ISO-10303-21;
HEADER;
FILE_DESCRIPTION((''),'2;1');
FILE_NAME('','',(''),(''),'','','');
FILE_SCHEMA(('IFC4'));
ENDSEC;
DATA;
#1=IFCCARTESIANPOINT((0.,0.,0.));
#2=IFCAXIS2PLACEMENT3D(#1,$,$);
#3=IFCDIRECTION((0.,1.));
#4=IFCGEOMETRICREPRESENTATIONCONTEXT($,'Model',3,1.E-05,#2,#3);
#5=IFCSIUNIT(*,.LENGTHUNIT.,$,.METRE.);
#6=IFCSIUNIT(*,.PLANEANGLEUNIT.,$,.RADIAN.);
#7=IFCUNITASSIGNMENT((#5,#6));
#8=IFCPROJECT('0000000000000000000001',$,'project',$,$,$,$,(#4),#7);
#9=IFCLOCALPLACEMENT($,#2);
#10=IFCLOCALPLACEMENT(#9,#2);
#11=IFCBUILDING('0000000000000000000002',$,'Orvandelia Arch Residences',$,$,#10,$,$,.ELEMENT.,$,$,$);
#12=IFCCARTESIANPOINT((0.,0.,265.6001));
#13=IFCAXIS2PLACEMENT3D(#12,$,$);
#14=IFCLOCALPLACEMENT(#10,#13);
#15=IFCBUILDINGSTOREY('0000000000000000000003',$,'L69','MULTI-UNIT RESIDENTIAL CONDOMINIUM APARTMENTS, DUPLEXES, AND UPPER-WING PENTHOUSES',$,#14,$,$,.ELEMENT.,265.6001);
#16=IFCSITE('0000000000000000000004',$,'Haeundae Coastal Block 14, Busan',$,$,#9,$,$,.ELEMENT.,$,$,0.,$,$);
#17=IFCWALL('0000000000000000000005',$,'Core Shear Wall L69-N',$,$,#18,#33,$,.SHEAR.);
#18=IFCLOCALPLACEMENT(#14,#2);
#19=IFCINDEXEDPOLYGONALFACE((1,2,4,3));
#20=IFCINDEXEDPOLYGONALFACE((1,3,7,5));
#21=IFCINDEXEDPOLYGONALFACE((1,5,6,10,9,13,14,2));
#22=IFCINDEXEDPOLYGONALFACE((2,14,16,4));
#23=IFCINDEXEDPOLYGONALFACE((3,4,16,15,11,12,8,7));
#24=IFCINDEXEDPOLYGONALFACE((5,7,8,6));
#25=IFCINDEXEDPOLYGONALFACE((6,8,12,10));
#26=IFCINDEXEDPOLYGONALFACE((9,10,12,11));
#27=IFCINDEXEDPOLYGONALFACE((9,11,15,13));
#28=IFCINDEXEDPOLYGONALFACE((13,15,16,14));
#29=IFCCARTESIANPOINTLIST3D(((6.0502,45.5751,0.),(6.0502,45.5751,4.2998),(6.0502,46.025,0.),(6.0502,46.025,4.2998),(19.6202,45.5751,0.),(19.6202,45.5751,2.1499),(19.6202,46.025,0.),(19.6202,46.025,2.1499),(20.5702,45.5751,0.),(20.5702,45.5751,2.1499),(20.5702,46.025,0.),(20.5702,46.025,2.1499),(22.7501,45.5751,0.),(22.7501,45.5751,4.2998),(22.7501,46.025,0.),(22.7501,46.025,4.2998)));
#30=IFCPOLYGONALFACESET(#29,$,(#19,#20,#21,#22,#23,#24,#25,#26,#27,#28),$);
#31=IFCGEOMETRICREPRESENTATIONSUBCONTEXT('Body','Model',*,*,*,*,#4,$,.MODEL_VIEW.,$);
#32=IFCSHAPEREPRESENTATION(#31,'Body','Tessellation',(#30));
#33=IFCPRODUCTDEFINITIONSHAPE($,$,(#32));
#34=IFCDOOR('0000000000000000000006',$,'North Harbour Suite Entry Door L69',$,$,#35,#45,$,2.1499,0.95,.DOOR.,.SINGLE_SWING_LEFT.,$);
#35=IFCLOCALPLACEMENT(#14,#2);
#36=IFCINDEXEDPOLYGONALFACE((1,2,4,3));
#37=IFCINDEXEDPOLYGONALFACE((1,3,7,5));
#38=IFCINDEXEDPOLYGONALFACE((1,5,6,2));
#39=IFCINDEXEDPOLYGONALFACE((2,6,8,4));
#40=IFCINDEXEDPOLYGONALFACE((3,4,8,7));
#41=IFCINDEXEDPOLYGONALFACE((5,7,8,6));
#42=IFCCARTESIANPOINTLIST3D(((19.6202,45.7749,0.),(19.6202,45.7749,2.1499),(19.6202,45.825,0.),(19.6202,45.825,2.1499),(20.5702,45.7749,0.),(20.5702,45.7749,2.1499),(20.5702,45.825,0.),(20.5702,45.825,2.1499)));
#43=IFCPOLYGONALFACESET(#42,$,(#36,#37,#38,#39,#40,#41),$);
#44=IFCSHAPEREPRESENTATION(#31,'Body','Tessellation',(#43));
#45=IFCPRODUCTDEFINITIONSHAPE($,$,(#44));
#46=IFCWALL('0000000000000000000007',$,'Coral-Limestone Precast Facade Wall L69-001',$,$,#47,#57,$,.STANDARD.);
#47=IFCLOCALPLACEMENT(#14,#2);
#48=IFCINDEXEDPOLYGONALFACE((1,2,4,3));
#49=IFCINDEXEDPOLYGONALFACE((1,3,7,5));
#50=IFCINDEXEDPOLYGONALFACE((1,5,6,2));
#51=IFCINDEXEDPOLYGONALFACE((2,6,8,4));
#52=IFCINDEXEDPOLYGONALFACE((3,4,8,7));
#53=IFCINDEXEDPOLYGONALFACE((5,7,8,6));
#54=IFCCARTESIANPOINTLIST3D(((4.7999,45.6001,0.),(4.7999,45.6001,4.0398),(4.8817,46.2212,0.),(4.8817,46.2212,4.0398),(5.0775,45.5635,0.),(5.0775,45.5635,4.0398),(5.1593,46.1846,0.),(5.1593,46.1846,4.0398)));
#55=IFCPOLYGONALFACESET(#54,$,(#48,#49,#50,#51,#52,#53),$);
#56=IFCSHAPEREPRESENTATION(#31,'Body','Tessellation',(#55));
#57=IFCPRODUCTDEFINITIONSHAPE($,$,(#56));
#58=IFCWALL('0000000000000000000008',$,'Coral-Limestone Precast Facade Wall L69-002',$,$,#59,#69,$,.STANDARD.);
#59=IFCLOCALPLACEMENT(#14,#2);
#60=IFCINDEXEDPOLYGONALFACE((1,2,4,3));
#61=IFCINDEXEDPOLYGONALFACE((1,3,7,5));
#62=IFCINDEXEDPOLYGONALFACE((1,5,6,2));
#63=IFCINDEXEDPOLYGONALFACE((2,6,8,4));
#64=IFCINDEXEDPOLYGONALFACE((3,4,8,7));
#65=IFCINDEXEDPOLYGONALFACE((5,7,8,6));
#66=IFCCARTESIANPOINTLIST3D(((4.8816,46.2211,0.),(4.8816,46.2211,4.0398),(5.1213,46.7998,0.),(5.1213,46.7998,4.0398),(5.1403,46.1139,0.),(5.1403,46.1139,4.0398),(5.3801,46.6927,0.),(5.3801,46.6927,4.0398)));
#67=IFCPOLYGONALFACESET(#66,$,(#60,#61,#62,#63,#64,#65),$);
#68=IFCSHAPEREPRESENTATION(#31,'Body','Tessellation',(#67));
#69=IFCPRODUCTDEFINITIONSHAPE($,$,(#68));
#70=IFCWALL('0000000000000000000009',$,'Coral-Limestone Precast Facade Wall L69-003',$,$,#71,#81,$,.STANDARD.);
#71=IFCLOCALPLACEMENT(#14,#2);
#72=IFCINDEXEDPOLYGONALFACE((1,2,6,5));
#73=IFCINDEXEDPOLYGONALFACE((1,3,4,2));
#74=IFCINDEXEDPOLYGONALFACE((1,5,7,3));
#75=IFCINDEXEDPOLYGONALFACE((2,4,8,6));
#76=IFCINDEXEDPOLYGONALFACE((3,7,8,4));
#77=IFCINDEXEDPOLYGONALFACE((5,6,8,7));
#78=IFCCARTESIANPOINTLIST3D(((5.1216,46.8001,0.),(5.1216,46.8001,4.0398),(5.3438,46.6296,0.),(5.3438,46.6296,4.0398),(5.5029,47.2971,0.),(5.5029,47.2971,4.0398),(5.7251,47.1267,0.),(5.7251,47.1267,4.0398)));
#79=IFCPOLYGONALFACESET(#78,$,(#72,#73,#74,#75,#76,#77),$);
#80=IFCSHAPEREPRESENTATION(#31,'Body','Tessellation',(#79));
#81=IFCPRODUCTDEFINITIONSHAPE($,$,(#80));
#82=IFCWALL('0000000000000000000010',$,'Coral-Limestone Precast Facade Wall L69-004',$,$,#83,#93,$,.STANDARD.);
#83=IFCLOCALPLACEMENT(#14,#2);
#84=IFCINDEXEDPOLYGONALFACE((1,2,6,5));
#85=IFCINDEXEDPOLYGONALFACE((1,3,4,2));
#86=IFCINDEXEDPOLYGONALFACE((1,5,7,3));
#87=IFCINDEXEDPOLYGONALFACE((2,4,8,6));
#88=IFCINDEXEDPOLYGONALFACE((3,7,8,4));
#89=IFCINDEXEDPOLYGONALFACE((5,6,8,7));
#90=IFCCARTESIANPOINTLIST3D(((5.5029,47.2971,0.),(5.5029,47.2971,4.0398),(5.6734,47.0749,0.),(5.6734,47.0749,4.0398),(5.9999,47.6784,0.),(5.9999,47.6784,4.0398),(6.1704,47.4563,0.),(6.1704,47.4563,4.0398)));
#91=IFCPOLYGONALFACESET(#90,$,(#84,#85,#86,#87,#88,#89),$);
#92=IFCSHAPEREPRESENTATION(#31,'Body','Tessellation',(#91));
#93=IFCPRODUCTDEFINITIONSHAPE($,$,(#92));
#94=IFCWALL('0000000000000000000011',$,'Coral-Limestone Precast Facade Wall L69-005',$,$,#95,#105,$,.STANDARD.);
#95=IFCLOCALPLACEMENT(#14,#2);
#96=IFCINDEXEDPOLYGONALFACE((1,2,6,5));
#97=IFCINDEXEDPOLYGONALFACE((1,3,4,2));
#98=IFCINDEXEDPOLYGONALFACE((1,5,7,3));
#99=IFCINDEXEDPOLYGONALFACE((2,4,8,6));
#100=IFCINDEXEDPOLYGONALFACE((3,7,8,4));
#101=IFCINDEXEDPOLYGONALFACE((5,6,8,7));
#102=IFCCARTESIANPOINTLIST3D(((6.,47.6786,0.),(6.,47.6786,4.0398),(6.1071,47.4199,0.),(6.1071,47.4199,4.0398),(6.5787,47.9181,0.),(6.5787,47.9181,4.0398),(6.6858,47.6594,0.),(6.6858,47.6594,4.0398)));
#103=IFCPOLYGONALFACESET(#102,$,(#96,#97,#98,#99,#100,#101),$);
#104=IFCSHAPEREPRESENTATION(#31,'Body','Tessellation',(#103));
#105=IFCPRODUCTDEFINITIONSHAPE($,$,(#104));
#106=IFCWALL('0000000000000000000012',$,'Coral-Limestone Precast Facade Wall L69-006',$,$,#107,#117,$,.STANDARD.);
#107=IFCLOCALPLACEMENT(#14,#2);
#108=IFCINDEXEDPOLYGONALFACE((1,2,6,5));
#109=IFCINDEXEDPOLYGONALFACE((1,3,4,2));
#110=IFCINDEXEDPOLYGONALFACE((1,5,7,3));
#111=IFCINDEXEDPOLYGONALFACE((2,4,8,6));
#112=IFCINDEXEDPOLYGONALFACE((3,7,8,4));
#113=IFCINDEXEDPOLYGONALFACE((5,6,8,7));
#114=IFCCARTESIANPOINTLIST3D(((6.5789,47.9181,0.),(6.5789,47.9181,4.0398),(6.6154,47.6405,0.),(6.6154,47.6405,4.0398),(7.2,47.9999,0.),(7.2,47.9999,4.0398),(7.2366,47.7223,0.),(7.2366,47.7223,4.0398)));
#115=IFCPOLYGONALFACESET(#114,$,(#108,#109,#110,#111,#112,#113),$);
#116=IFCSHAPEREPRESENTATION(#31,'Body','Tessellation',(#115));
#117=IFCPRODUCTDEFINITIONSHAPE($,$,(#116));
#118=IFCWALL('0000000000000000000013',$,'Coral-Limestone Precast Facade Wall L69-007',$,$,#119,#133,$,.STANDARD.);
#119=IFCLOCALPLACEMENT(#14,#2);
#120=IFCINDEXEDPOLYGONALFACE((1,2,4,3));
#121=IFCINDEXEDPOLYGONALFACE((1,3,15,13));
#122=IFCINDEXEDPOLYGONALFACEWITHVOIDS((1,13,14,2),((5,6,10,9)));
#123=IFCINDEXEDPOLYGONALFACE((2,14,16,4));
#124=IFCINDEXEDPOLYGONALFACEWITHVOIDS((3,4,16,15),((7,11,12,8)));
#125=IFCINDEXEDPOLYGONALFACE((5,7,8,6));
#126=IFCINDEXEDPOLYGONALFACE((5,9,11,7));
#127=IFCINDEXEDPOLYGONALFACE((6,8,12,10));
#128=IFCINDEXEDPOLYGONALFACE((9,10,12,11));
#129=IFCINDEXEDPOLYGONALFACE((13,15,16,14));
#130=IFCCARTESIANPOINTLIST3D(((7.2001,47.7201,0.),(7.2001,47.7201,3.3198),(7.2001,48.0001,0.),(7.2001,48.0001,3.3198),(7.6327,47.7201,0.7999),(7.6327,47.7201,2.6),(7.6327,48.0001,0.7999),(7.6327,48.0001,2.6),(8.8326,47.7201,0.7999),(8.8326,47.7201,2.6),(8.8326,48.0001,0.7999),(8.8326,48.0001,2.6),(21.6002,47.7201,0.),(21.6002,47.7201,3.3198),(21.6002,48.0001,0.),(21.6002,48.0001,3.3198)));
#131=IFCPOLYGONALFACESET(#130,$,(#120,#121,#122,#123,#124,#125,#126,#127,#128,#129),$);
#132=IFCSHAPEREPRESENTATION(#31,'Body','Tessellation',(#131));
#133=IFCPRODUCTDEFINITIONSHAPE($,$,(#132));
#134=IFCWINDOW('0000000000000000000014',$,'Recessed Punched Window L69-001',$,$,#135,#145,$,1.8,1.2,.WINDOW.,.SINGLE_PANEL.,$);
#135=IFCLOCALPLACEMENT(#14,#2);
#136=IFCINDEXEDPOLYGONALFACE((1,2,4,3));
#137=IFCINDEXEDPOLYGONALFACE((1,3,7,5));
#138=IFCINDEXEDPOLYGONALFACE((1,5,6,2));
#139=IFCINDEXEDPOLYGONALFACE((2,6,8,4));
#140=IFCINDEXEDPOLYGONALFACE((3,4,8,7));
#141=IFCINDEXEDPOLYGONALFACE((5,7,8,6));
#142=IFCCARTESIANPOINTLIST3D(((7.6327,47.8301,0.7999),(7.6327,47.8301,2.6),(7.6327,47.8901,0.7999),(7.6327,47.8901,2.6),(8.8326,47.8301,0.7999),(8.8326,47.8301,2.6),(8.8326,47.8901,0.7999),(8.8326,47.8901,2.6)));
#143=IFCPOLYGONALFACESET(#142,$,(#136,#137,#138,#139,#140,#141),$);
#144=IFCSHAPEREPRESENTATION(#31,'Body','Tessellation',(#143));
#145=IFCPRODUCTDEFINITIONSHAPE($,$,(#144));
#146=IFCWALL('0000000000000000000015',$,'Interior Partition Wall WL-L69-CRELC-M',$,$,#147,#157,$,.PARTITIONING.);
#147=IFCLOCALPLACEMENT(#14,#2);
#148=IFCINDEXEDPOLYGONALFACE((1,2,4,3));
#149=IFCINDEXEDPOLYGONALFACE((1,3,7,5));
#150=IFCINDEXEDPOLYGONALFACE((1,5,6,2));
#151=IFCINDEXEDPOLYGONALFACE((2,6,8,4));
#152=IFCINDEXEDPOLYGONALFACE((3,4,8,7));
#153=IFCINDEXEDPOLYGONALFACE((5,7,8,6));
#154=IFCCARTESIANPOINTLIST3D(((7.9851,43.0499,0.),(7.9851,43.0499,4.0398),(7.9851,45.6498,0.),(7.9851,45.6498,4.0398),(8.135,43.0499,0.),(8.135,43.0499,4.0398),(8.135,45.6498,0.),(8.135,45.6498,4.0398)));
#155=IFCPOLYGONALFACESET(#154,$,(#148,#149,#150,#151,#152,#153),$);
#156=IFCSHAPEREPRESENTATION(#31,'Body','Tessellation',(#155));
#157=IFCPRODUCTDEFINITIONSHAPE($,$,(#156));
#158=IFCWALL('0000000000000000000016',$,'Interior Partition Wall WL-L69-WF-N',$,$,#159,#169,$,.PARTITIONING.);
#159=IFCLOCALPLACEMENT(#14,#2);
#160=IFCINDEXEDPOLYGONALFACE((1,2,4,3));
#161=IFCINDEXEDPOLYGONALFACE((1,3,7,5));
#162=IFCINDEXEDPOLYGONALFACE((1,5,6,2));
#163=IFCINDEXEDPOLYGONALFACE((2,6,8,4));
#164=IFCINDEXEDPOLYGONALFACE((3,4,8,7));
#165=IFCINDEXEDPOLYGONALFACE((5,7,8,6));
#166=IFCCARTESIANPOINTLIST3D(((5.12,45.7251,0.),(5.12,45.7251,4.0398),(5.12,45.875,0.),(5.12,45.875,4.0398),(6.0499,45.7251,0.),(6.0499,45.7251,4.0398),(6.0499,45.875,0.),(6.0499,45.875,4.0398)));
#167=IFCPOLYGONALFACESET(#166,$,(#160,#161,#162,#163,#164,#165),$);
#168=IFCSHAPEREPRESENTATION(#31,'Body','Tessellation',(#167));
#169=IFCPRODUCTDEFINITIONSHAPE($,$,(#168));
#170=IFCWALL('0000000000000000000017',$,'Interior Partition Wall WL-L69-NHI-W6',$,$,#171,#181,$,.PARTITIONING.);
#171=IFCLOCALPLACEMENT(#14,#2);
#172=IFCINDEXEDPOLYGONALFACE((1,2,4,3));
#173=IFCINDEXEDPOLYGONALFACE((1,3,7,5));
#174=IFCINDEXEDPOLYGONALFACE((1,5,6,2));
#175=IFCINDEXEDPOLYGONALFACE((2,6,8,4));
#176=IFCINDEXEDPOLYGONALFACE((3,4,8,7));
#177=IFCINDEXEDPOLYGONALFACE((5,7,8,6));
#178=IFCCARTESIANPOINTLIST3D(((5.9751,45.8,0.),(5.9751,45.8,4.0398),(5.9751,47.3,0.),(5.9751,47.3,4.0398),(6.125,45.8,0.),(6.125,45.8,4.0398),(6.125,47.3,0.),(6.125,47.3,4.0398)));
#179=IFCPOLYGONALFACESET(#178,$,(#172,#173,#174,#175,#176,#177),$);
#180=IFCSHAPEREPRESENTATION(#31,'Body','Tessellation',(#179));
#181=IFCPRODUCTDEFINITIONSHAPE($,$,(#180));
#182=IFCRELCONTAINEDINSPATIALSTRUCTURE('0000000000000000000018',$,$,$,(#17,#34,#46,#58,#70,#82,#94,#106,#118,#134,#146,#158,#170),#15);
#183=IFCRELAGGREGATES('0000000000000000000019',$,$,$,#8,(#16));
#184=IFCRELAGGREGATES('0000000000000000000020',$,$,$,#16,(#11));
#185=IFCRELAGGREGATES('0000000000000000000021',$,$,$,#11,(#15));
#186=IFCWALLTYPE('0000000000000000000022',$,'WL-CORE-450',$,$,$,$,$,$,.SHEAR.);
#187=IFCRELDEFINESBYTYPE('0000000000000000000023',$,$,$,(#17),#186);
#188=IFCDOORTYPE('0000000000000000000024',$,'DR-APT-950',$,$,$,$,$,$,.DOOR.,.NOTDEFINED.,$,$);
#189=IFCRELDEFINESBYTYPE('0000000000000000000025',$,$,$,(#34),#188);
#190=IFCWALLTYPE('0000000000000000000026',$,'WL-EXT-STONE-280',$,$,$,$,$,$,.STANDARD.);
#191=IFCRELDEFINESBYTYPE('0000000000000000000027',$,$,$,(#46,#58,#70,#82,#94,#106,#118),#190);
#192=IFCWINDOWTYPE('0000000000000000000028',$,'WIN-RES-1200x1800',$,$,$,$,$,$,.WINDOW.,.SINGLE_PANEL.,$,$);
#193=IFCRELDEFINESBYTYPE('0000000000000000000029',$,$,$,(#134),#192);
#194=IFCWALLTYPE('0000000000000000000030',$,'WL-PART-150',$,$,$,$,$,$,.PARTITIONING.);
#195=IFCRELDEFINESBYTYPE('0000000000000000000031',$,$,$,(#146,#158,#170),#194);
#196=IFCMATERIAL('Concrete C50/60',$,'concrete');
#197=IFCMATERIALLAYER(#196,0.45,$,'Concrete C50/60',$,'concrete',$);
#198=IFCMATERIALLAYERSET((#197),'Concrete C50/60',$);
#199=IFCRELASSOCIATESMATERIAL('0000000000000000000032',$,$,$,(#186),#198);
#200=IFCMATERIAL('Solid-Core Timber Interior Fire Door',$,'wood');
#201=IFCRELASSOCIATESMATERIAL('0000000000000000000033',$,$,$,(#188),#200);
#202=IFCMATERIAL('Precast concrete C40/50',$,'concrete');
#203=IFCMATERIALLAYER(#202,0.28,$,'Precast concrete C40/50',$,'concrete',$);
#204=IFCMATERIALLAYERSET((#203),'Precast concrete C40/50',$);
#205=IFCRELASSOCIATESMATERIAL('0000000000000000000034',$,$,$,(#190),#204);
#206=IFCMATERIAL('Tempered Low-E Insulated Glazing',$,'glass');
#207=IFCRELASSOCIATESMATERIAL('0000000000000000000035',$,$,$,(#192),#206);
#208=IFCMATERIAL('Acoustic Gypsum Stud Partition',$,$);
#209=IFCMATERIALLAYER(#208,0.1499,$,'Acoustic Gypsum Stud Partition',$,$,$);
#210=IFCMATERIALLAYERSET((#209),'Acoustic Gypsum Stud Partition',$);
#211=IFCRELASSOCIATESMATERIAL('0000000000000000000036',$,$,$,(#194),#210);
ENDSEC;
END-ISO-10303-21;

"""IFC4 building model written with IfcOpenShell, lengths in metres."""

from ifc_helpers import new_model, si_unit, direction, frame, frame_2d, origin, place, context, subcontext, project, spatial, rectangle, extrude, material, layer, layer_set, type_object, element, fill, save


model = new_model("IFC4")

# Units and contexts
model_context = context("Model", 3, precision=1e-05, world=origin(), true_north=direction((0.0, 1.0)))
body_context = subcontext(model_context, "Body", "Model", "MODEL_VIEW")
ifc_project = project(units=[si_unit("LENGTHUNIT", "METRE"), si_unit("PLANEANGLEUNIT", "RADIAN")], contexts=[model_context])

# Site, building, storey
site_placement = place(None, origin())
site = spatial("IfcSite", under=ifc_project, at=site_placement, Name="Haeundae Coastal Block 14, Busan", CompositionType="ELEMENT", RefElevation=0.0)
building_placement = place(site_placement, origin())
building = spatial("IfcBuilding", under=site, at=building_placement, Name="Orvandelia Arch Residences", CompositionType="ELEMENT")
storey_placement = place(building_placement, frame((0.0, 0.0, 265.6001)))
storey = spatial("IfcBuildingStorey", under=building, at=storey_placement, Name="L69", Description="MULTI-UNIT RESIDENTIAL CONDOMINIUM APARTMENTS, DUPLEXES, AND UPPER-WING PENTHOUSES", CompositionType="ELEMENT", Elevation=265.6001)

# Shared definitions
ifc_material_1 = material(Name="Concrete C50/60", Category="concrete")

# Wall, opening, door
ifc_layer_1 = layer(ifc_material_1, 0.45, Name="Concrete C50/60", Category="concrete")
ifc_layer_set_1 = layer_set([ifc_layer_1], Name="Concrete C50/60")
wall_type_1 = type_object("IfcWallType", Name="WL-CORE-450", PredefinedType="SHEAR", material=ifc_layer_set_1)
wall_1_placement = place(storey_placement, frame((6.05, 45.8, 0.0), z_axis=(0.0, 0.0, 1.0), x_axis=(1.0, 0.0, 0.0)))
wall_1 = element("IfcWall", 1, at=wall_1_placement, inside=storey, type_object=wall_type_1, Name="Core Shear Wall L69-N", PredefinedType="SHEAR", context=body_context, shape_type="SweptSolid", body=[
    extrude(rectangle(XDim=16.7, YDim=0.45, at=frame_2d((8.3501, 0.0))), origin(), (0.0, 0.0, 1.0), 4.2998),
])
opening_1_placement = place(wall_1_placement, frame((13.5701, 0.0, 0.0)))
opening_1 = element("IfcOpeningElement", 2, at=opening_1_placement, cuts=wall_1, PredefinedType="OPENING", context=body_context, shape_type="SweptSolid", body=[
    extrude(rectangle(XDim=0.95, YDim=2.1499, at=frame_2d((0.4751, 1.075))), frame((0.0, 0.2349, 0.0), z_axis=(0.0, -1.0, 0.0), x_axis=(1.0, 0.0, 0.0)), (0.0, 0.0, 1.0), 0.47),
])
ifc_material_2 = material(Name="Solid-Core Timber Interior Fire Door", Category="wood")
door_type_1 = type_object("IfcDoorType", Name="DR-APT-950", OperationType="NOTDEFINED", PredefinedType="DOOR", material=ifc_material_2)
door_1_placement = place(opening_1_placement, origin())
door_1 = element("IfcDoor", 3, at=door_1_placement, inside=storey, type_object=door_type_1, Name="North Harbour Suite Entry Door L69", OperationType="SINGLE_SWING_LEFT", OverallHeight=2.1499, OverallWidth=0.95, PredefinedType="DOOR", context=body_context, shape_type="SweptSolid", body=[
    extrude(rectangle(XDim=0.95, YDim=2.1499, at=frame_2d((0.4751, 1.075))), frame((0.0, 0.0249, 0.0), z_axis=(0.0, -1.0, 0.0), x_axis=(1.0, 0.0, 0.0)), (0.0, 0.0, 1.0), 0.05),
])
fill(opening_1, door_1)

# Walls
ifc_material_3 = material(Name="Precast concrete C40/50", Category="concrete")
ifc_layer_2 = layer(ifc_material_3, 0.28, Name="Precast concrete C40/50", Category="concrete")
ifc_layer_set_2 = layer_set([ifc_layer_2], Name="Precast concrete C40/50")
wall_type_2 = type_object("IfcWallType", Name="WL-EXT-STONE-280", PredefinedType="STANDARD", material=ifc_layer_set_2)
for number, where, z_axis, x_axis, name in (
    (4, (4.9387, 45.5818, 0.0), (0.0, 0.0, 1.0), (0.130555, 0.991441, 0.0), "Coral-Limestone Precast Facade Wall L69-001"),
    (5, (5.011, 46.1675, 0.0), (0.0, 0.0, 1.0), (0.38265, 0.923893, 0.0), "Coral-Limestone Precast Facade Wall L69-002"),
    (6, (5.2327, 46.7148, 0.0), (0.0, 0.0, 1.0), (0.608693, 0.793406, 0.0), "Coral-Limestone Precast Facade Wall L69-003"),
    (7, (5.5881, 47.186, 0.0), (0.0, 0.0, 1.0), (0.793406, 0.608693, 0.0), "Coral-Limestone Precast Facade Wall L69-004"),
):
    element("IfcWall", number, at=place(storey_placement, frame(where, z_axis=z_axis, x_axis=x_axis)), inside=storey, type_object=wall_type_2, Name=name, PredefinedType="STANDARD", context=body_context, shape_type="SweptSolid", body=[
        extrude(rectangle(XDim=0.6265, YDim=0.28, at=frame_2d((0.3132, 0.0))), origin(), (0.0, 0.0, 1.0), 4.0398),
    ])
wall_2_placement = place(storey_placement, frame((6.0537, 47.5493, 0.0), z_axis=(0.0, 0.0, 1.0), x_axis=(0.923974, 0.382455, 0.0)))
element("IfcWall", 8, at=wall_2_placement, inside=storey, type_object=wall_type_2, Name="Coral-Limestone Precast Facade Wall L69-005", PredefinedType="STANDARD", context=body_context, shape_type="SweptSolid", body=[
    extrude(rectangle(XDim=0.6262, YDim=0.28, at=frame_2d((0.313, 0.0))), origin(), (0.0, 0.0, 1.0), 4.0398),
])
wall_3_placement = place(storey_placement, frame((6.5972, 47.7793, 0.0), z_axis=(0.0, 0.0, 1.0), x_axis=(0.991441, 0.130555, 0.0)))
element("IfcWall", 9, at=wall_3_placement, inside=storey, type_object=wall_type_2, Name="Coral-Limestone Precast Facade Wall L69-006", PredefinedType="STANDARD", context=body_context, shape_type="SweptSolid", body=[
    extrude(rectangle(XDim=0.6265, YDim=0.28, at=frame_2d((0.3132, 0.0))), origin(), (0.0, 0.0, 1.0), 4.0398),
])

# Wall, opening, window
wall_4_placement = place(storey_placement, frame((7.2, 47.8601, 0.0), z_axis=(0.0, 0.0, 1.0), x_axis=(1.0, 0.0, 0.0)))
wall_4 = element("IfcWall", 10, at=wall_4_placement, inside=storey, type_object=wall_type_2, Name="Coral-Limestone Precast Facade Wall L69-007", PredefinedType="STANDARD", context=body_context, shape_type="SweptSolid", body=[
    extrude(rectangle(XDim=14.4001, YDim=0.28, at=frame_2d((7.2002, 0.0))), origin(), (0.0, 0.0, 1.0), 3.3198),
])
opening_2_placement = place(wall_4_placement, frame((0.4326, 0.0, 0.8)))
opening_2 = element("IfcOpeningElement", 11, at=opening_2_placement, cuts=wall_4, PredefinedType="OPENING", context=body_context, shape_type="SweptSolid", body=[
    extrude(rectangle(XDim=1.2, YDim=1.8, at=frame_2d((0.6001, 0.8999))), frame((0.0, 0.1499, 0.0), z_axis=(0.0, -1.0, 0.0), x_axis=(1.0, 0.0, 0.0)), (0.0, 0.0, 1.0), 0.3),
])
ifc_material_4 = material(Name="Tempered Low-E Insulated Glazing", Category="glass")
window_type = type_object("IfcWindowType", Name="WIN-RES-1200x1800", PartitioningType="SINGLE_PANEL", PredefinedType="WINDOW", material=ifc_material_4)
window_placement = place(opening_2_placement, origin())
window = element("IfcWindow", 12, at=window_placement, inside=storey, type_object=window_type, Name="Recessed Punched Window L69-001", OverallHeight=1.8, OverallWidth=1.2, PartitioningType="SINGLE_PANEL", PredefinedType="WINDOW", context=body_context, shape_type="SweptSolid", body=[
    extrude(rectangle(XDim=1.2, YDim=1.8, at=frame_2d((0.6001, 0.8999))), frame((0.0, 0.03, 0.0), z_axis=(0.0, -1.0, 0.0), x_axis=(1.0, 0.0, 0.0)), (0.0, 0.0, 1.0), 0.0601),
])
fill(opening_2, window)

# Walls
ifc_material_5 = material(Name="Acoustic Gypsum Stud Partition")
ifc_layer_3 = layer(ifc_material_5, 0.1499, Name="Acoustic Gypsum Stud Partition")
ifc_layer_set_3 = layer_set([ifc_layer_3], Name="Acoustic Gypsum Stud Partition")
wall_type_3 = type_object("IfcWallType", Name="WL-PART-150", PredefinedType="PARTITIONING", material=ifc_layer_set_3)
wall_5_placement = place(storey_placement, frame((8.0601, 43.05, 0.0), z_axis=(0.0, 0.0, 1.0), x_axis=(0.0, 1.0, 0.0)))
element("IfcWall", 13, at=wall_5_placement, inside=storey, type_object=wall_type_3, Name="Interior Partition Wall WL-L69-CRELC-M", PredefinedType="PARTITIONING", context=body_context, shape_type="SweptSolid", body=[
    extrude(rectangle(XDim=2.5999, YDim=0.1499, at=frame_2d((1.2998, 0.0))), origin(), (0.0, 0.0, 1.0), 4.0398),
])
wall_6_placement = place(storey_placement, frame((5.1201, 45.8, 0.0), z_axis=(0.0, 0.0, 1.0), x_axis=(1.0, 0.0, 0.0)))
element("IfcWall", 14, at=wall_6_placement, inside=storey, type_object=wall_type_3, Name="Interior Partition Wall WL-L69-WF-N", PredefinedType="PARTITIONING", context=body_context, shape_type="SweptSolid", body=[
    extrude(rectangle(XDim=0.9299, YDim=0.1499, at=frame_2d((0.4648, 0.0))), origin(), (0.0, 0.0, 1.0), 4.0398),
])
wall_7_placement = place(storey_placement, frame((6.05, 45.8, 0.0), z_axis=(0.0, 0.0, 1.0), x_axis=(0.0, 1.0, 0.0)))
element("IfcWall", 15, at=wall_7_placement, inside=storey, type_object=wall_type_3, Name="Interior Partition Wall WL-L69-NHI-W6", PredefinedType="PARTITIONING", context=body_context, shape_type="SweptSolid", body=[
    extrude(rectangle(XDim=1.5, YDim=0.1499, at=frame_2d((0.75, 0.0))), origin(), (0.0, 0.0, 1.0), 4.0398),
])

save(model, "model.ifc")
